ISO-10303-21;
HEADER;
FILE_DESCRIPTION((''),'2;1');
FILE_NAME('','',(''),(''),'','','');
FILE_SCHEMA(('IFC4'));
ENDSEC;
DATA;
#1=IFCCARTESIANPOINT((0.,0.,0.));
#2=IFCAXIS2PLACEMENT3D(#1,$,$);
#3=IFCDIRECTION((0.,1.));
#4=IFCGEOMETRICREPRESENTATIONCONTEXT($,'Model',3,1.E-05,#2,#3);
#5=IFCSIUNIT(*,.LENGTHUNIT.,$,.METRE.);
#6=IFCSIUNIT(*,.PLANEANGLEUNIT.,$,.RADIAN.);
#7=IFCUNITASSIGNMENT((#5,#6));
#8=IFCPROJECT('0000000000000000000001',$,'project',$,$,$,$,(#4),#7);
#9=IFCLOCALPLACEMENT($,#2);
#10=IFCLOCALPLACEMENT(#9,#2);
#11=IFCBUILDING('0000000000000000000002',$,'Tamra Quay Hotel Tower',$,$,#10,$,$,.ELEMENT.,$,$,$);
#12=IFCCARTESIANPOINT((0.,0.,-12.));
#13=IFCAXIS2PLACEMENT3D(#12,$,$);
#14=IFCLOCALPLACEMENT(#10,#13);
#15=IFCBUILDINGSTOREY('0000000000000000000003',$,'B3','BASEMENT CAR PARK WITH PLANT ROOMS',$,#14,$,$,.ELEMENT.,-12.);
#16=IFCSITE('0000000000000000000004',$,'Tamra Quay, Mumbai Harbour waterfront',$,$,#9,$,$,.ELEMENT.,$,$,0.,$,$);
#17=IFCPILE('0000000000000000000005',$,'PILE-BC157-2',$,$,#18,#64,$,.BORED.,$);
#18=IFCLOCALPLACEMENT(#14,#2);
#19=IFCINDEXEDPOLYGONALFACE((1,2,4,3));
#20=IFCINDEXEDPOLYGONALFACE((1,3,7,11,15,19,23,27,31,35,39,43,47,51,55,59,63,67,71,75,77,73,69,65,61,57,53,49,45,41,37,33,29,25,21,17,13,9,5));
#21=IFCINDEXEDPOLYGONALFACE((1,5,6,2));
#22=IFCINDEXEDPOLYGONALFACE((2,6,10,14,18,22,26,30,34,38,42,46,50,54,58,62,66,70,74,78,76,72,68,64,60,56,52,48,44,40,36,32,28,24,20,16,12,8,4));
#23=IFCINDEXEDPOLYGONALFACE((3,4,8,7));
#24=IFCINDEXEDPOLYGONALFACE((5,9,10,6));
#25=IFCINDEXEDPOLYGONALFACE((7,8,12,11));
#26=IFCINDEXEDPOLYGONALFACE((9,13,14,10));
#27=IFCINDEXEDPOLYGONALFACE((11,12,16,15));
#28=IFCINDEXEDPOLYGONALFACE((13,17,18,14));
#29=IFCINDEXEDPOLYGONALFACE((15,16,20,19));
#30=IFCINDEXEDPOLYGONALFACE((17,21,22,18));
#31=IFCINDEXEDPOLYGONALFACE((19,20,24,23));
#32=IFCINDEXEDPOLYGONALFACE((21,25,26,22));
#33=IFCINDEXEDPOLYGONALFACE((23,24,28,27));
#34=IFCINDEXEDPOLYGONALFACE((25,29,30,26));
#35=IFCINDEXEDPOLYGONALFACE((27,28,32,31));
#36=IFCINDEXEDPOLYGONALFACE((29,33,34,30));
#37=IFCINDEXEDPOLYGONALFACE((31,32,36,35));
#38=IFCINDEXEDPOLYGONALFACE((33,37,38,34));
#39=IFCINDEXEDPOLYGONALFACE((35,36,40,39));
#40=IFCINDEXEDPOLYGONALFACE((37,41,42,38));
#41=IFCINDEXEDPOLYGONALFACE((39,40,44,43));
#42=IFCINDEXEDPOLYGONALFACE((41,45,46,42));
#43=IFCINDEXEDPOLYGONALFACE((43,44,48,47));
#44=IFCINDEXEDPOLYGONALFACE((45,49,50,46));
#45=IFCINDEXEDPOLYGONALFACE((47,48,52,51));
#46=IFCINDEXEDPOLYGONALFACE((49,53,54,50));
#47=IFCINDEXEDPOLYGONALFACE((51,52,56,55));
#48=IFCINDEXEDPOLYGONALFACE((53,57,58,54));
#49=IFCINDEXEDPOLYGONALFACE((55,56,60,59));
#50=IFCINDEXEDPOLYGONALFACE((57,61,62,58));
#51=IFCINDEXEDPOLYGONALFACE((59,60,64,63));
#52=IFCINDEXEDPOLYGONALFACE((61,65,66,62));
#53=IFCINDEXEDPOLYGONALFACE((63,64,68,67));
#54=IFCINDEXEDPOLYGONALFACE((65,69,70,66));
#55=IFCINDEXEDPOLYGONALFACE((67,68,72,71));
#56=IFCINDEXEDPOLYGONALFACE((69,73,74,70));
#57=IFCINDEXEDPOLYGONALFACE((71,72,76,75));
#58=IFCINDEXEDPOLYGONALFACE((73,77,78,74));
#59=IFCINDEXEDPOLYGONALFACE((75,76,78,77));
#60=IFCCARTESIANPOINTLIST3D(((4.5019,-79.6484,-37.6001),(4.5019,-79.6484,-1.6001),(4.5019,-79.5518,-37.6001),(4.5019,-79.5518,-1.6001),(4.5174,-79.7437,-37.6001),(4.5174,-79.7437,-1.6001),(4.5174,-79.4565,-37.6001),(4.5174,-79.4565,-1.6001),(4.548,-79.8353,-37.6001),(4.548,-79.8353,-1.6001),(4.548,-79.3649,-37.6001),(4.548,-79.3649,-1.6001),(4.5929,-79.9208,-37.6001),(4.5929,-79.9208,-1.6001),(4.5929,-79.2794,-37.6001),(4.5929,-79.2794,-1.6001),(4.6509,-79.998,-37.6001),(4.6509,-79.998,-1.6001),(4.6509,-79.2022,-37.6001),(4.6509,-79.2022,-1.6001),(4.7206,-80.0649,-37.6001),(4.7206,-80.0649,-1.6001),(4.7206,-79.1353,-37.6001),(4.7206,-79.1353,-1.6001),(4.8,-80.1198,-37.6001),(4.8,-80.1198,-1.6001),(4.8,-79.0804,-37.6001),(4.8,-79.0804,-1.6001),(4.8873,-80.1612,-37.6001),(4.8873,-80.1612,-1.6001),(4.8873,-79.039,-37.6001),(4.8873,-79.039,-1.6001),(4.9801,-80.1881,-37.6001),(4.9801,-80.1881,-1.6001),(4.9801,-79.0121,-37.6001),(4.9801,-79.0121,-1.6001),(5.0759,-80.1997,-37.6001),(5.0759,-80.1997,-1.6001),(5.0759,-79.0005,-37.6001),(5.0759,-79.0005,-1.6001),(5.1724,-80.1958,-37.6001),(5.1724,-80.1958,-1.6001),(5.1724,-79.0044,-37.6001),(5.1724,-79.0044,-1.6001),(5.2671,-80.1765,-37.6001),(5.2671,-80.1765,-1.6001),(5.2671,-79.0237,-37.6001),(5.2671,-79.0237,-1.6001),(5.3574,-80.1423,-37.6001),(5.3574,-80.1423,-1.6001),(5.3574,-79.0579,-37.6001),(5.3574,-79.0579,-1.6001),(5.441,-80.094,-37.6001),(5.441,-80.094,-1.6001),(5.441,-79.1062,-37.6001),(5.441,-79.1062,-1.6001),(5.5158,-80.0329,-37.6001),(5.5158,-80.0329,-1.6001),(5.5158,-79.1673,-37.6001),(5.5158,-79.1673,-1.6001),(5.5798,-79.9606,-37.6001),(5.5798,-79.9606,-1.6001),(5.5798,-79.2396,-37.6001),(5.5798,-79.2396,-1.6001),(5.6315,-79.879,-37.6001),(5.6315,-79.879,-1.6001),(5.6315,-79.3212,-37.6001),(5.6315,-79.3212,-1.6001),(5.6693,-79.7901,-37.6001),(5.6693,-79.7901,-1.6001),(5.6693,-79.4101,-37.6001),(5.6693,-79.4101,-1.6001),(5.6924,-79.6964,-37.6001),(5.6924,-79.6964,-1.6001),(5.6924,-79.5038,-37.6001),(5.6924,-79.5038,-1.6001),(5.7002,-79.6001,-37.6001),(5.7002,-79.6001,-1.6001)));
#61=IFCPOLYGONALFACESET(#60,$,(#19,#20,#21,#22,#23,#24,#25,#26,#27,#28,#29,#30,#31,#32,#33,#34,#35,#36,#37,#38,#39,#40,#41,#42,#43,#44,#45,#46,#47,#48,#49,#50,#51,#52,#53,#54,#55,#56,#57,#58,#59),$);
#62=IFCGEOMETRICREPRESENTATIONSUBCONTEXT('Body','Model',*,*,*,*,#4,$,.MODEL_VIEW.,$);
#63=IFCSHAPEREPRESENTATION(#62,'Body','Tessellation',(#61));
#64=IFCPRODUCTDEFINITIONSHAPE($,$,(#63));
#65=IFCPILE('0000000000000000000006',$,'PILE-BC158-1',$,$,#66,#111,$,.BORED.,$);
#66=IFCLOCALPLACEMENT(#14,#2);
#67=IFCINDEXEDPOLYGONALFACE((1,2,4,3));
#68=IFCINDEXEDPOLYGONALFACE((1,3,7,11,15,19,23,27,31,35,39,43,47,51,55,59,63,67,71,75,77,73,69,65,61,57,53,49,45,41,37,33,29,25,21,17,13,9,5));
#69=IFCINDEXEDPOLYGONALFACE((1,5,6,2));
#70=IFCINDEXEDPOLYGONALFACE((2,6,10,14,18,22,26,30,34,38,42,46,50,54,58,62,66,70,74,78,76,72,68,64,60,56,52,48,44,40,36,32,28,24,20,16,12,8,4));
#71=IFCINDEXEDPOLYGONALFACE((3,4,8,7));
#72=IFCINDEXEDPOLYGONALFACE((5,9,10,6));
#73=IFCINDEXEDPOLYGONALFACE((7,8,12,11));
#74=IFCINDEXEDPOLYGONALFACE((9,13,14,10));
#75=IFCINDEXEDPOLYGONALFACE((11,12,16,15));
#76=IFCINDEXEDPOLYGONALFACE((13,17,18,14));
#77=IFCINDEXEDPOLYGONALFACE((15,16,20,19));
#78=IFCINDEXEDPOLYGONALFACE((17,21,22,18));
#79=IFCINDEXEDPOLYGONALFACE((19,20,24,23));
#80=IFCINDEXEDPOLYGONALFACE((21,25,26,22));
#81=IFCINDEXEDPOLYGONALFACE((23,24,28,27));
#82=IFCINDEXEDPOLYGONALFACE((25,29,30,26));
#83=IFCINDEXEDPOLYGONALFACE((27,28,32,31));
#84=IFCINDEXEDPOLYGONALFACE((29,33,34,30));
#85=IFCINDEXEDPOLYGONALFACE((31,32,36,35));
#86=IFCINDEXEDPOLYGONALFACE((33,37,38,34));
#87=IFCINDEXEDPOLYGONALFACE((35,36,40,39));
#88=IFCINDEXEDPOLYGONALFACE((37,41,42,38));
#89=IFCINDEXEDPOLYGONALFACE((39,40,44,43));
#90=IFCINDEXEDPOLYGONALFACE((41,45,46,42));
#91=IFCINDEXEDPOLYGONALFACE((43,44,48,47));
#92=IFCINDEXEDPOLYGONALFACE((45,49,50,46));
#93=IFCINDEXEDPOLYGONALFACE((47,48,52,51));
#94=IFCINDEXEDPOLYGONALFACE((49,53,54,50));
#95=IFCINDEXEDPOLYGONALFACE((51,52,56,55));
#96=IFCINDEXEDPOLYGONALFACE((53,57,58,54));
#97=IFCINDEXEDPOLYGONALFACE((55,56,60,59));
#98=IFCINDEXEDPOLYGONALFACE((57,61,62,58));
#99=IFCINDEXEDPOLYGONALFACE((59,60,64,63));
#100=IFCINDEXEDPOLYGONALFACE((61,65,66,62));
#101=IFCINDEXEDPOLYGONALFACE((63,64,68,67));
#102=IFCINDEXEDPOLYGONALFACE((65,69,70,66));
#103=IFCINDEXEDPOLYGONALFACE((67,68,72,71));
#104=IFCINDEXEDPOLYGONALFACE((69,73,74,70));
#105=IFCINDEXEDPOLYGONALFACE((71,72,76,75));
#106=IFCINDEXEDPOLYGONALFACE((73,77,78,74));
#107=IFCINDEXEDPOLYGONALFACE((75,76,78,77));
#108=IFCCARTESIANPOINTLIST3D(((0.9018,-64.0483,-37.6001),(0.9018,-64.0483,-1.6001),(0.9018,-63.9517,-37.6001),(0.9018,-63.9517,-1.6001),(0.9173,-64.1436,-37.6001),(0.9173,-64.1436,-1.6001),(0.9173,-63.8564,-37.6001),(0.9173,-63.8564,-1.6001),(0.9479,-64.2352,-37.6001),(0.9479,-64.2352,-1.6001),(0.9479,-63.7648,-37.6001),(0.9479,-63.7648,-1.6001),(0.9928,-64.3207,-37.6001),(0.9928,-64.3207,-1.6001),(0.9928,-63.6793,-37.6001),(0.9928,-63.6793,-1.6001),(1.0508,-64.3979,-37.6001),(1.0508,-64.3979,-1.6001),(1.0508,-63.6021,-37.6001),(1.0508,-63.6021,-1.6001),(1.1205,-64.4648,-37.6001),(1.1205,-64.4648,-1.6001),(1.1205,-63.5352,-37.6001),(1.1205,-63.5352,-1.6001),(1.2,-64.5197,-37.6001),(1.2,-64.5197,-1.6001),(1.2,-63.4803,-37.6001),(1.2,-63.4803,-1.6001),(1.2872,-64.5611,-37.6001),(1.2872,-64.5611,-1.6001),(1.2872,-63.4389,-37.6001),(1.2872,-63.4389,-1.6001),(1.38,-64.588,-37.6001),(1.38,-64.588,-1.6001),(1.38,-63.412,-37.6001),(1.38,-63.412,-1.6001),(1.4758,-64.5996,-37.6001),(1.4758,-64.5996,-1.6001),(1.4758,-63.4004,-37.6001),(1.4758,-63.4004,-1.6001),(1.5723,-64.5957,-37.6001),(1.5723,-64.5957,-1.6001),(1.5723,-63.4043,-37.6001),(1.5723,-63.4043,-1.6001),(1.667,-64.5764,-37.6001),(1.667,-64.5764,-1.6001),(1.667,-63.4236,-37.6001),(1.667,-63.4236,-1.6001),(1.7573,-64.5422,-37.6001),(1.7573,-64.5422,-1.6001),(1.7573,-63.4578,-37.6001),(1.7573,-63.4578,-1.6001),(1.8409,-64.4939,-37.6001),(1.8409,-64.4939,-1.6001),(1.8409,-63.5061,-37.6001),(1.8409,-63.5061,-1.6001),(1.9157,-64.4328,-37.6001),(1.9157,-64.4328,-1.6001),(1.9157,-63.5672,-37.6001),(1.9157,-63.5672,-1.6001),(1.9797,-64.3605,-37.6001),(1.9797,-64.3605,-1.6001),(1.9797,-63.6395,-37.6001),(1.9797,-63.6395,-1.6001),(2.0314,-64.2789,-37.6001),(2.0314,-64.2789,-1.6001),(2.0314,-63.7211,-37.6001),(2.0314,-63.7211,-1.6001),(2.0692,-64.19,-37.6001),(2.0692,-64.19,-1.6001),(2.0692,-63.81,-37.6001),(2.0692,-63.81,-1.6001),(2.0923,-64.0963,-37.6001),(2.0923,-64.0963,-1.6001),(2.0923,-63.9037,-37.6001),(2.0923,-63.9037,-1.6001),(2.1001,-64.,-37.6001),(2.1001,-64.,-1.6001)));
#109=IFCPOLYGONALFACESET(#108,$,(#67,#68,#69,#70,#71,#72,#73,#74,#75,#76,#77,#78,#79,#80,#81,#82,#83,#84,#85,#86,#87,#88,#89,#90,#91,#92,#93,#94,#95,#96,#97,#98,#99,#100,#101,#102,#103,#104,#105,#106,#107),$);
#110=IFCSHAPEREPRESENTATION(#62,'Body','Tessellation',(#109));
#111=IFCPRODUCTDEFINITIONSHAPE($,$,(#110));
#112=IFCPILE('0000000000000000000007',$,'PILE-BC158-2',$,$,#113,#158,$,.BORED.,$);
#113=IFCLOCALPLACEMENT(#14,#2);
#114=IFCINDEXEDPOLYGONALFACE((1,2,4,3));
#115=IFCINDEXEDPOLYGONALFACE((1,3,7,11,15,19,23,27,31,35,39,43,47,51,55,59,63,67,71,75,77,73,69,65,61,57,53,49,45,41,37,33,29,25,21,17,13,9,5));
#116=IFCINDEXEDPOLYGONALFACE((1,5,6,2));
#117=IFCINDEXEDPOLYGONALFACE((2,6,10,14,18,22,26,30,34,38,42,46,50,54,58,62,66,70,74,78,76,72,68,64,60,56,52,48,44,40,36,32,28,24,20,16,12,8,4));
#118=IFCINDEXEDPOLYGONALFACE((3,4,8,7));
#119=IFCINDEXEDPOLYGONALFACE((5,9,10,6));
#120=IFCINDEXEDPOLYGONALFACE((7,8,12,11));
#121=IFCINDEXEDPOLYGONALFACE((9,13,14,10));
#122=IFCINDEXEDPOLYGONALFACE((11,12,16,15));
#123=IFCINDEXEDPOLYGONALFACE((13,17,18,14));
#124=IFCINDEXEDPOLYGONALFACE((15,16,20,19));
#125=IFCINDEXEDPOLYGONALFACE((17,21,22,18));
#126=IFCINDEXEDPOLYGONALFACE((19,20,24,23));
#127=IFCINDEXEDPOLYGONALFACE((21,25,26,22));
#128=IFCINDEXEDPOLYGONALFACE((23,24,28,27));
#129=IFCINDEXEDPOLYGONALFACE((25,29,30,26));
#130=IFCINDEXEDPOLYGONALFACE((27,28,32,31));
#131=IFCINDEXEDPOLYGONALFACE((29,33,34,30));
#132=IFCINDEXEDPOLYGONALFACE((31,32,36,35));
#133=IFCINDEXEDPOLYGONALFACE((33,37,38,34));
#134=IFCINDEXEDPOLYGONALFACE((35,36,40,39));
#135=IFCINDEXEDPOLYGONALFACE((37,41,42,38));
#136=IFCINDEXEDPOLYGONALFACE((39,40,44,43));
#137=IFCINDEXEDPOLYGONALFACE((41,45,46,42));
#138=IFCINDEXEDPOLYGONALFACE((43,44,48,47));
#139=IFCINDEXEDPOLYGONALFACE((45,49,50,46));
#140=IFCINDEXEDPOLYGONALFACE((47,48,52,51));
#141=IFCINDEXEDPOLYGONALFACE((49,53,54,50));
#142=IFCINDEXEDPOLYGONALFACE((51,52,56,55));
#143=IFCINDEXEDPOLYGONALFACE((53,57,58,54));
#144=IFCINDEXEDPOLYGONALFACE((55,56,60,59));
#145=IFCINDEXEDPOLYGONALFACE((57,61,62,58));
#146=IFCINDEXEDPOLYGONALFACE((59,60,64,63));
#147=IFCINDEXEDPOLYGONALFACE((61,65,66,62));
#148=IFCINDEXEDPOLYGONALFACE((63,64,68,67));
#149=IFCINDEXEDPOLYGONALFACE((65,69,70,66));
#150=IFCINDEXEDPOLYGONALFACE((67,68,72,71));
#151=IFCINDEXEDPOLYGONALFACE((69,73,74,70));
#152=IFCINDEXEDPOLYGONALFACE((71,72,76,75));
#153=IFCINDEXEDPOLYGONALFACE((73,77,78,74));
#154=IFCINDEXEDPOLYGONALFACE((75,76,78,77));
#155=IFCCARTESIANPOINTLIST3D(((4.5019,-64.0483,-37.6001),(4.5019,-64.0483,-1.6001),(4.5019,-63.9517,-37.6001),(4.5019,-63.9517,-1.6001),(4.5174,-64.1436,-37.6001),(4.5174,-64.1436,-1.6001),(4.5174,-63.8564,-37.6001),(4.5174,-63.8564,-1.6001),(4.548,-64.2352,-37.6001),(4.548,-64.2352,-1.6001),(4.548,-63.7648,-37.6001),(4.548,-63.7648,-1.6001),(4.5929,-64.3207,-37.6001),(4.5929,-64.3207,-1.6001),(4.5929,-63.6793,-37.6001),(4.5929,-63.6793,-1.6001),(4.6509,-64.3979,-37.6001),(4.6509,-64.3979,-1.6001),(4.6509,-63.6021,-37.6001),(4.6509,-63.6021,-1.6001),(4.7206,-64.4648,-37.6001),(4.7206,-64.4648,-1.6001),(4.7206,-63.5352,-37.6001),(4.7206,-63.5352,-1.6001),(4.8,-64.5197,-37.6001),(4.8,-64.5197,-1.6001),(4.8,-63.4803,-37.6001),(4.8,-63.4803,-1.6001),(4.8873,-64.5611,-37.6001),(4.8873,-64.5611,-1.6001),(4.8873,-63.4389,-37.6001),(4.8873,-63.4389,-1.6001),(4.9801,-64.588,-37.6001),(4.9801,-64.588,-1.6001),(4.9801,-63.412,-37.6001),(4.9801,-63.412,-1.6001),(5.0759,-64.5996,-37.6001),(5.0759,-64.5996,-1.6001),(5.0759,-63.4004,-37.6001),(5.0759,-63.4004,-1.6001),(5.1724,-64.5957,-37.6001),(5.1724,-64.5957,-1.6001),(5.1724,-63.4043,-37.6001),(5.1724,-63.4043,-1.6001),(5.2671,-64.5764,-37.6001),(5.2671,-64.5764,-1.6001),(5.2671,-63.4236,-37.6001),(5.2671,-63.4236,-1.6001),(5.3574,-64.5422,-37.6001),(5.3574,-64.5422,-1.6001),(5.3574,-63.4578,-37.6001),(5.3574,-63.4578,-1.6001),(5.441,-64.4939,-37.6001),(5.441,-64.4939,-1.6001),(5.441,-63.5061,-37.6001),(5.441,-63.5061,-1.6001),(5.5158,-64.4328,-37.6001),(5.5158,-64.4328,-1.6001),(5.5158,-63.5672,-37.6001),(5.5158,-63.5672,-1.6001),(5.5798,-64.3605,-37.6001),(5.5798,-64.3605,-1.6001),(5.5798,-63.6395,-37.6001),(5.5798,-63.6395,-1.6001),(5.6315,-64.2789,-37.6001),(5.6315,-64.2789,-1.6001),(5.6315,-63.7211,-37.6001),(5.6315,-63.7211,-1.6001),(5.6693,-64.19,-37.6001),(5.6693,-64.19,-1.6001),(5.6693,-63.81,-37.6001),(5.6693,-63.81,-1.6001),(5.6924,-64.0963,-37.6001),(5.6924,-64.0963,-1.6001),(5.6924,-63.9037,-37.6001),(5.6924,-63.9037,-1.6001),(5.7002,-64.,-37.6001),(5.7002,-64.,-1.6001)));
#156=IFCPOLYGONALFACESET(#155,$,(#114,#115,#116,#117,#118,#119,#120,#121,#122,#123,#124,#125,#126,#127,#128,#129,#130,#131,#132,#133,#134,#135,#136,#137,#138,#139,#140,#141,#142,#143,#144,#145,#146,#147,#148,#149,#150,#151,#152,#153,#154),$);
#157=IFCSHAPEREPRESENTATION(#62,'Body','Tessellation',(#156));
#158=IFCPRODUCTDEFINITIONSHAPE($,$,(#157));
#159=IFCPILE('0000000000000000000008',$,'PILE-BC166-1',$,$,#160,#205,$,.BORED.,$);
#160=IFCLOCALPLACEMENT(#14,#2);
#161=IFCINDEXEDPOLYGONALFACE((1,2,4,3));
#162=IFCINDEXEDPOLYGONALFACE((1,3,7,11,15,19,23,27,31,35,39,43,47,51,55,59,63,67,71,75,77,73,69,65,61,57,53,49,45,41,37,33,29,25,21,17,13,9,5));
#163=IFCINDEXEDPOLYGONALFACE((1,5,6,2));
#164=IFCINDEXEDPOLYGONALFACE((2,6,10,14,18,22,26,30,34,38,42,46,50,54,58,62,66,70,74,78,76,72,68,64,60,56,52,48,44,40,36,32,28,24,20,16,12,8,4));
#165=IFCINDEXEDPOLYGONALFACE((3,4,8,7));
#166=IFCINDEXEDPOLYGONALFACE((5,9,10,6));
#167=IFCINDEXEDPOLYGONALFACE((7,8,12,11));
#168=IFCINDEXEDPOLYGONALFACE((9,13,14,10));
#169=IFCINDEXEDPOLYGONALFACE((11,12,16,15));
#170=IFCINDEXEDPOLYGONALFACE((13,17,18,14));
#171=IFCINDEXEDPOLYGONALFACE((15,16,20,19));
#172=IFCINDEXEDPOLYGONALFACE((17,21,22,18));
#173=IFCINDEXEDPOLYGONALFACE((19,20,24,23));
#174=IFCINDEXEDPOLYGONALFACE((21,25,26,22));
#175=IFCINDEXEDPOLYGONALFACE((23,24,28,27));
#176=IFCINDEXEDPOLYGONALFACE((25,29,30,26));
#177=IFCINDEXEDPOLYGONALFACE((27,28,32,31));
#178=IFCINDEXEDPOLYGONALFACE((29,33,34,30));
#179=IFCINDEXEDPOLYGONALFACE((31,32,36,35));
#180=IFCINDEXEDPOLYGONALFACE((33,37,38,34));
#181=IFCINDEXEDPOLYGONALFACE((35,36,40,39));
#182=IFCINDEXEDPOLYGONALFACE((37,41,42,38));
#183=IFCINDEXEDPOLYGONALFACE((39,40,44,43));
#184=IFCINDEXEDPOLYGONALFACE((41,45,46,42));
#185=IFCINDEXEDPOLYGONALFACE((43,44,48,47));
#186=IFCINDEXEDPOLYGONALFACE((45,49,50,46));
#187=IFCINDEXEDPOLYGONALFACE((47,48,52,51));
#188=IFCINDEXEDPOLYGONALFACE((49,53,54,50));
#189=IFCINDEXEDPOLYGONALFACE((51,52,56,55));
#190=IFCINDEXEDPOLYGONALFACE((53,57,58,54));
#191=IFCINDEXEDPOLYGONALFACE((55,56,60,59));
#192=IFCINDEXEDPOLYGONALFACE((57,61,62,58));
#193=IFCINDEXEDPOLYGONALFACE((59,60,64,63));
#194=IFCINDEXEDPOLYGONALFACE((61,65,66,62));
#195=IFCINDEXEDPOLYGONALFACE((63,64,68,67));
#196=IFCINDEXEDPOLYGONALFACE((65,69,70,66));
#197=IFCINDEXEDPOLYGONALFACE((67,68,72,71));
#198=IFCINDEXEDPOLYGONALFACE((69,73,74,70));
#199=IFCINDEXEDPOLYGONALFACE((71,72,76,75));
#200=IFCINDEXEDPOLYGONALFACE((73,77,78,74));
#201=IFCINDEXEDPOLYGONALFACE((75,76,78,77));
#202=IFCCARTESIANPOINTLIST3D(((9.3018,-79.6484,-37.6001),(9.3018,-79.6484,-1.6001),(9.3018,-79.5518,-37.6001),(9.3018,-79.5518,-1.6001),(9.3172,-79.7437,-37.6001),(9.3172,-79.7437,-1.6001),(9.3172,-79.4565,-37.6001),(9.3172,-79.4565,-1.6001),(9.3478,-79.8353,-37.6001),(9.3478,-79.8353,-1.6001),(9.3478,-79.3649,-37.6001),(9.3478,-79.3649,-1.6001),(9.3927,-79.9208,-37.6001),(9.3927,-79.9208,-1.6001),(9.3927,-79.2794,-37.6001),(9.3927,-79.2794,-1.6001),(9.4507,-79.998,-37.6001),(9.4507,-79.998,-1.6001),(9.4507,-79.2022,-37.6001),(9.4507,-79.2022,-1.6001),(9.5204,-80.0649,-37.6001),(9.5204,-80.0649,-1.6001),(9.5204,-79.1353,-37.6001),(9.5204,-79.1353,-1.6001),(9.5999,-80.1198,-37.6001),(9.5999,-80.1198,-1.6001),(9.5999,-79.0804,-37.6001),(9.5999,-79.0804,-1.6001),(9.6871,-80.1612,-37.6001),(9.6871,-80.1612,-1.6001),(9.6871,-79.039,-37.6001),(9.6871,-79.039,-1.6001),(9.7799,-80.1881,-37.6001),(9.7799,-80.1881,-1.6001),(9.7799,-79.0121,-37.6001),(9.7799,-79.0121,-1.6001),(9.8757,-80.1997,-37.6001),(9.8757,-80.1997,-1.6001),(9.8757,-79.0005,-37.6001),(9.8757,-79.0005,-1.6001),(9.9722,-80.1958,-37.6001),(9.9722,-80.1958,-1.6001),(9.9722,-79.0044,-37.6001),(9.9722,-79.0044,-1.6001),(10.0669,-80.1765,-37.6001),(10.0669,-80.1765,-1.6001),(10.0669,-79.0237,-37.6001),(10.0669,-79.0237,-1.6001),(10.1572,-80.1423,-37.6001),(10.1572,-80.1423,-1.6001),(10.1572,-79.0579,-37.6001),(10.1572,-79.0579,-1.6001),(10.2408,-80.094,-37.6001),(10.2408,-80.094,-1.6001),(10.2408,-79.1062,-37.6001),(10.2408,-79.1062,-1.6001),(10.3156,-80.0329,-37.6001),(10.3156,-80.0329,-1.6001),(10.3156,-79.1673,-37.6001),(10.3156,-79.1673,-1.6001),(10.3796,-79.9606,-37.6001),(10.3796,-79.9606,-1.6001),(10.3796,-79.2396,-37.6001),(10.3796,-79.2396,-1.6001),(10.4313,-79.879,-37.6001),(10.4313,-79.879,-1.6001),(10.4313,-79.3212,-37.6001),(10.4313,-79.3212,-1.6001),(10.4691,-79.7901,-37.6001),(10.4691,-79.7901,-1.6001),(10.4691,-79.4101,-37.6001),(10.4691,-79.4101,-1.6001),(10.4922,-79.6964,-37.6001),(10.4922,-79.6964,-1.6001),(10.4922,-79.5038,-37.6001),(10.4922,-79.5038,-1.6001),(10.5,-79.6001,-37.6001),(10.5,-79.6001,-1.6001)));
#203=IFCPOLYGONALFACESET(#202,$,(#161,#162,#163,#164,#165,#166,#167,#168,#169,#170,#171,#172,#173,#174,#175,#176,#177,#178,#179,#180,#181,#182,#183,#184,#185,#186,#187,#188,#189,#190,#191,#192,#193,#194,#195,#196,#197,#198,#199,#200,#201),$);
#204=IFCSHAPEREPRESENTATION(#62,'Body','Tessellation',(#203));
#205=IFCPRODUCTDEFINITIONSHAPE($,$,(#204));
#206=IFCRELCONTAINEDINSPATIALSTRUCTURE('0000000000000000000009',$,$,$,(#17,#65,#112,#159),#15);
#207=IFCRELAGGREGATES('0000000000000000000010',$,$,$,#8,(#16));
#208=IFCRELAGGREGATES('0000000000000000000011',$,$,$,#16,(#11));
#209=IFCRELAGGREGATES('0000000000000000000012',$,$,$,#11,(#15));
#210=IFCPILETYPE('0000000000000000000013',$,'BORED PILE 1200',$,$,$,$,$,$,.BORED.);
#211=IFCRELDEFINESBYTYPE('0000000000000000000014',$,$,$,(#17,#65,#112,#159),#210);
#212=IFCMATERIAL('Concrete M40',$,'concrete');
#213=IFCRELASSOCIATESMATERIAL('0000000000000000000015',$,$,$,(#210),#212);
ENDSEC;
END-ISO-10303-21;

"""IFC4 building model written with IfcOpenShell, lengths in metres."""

from ifc_helpers import new_model, si_unit, direction, frame, origin, origin_2d, place, context, subcontext, project, spatial, circle, extrude, material, material_profile, profile_set, type_object, element, save


model = new_model("IFC4")

# Units and contexts
model_context = context("Model", 3, precision=1e-05, world=origin(), true_north=direction((0.0, 1.0)))
body_context = subcontext(model_context, "Body", "Model", "MODEL_VIEW")
ifc_project = project(units=[si_unit("LENGTHUNIT", "METRE"), si_unit("PLANEANGLEUNIT", "RADIAN")], contexts=[model_context])

# Site, building, storey
site_placement = place(None, origin())
site = spatial("IfcSite", under=ifc_project, at=site_placement, Name="Tamra Quay, Mumbai Harbour waterfront", CompositionType="ELEMENT", RefElevation=0.0)
building_placement = place(site_placement, origin())
building = spatial("IfcBuilding", under=site, at=building_placement, Name="Tamra Quay Hotel Tower", CompositionType="ELEMENT")
storey_placement = place(building_placement, frame((0.0, 0.0, -12.0)))
storey = spatial("IfcBuildingStorey", under=building, at=storey_placement, Name="B3", Description="BASEMENT CAR PARK WITH PLANT ROOMS", CompositionType="ELEMENT", Elevation=-12.0)

# Piles
ifc_material_1 = material(Name="Concrete M40", Category="concrete")
ifc_material_profile_1 = material_profile(ifc_material_1, circle(Radius=0.6001, at=origin_2d()), Name="BORED PILE 1200")
ifc_profile_set_1 = profile_set([ifc_material_profile_1], Name="Concrete M40")
pile_type = type_object("IfcPileType", Name="BORED PILE 1200", PredefinedType="BORED", material=ifc_profile_set_1)
for number, where, z_axis, x_axis, name in (
    (1, (5.1001, -79.6001, -1.6001), (0.0, 0.0, -1.0), (1.0, 0.0, 0.0), "PILE-BC157-2"),
    (2, (1.5, -64.0, -1.6001), (0.0, 0.0, -1.0), (1.0, 0.0, 0.0), "PILE-BC158-1"),
    (3, (5.1001, -64.0, -1.6001), (0.0, 0.0, -1.0), (1.0, 0.0, 0.0), "PILE-BC158-2"),
    (4, (9.8999, -79.6001, -1.6001), (0.0, 0.0, -1.0), (1.0, 0.0, 0.0), "PILE-BC166-1"),
):
    element("IfcPile", number, at=place(storey_placement, frame(where, z_axis=z_axis, x_axis=x_axis)), inside=storey, type_object=pile_type, Name=name, PredefinedType="BORED", context=body_context, shape_type="SweptSolid", body=[
        extrude(circle(Radius=0.6001, at=origin_2d()), origin(), (0.0, 0.0, 1.0), 36.0),
    ])

save(model, "model.ifc")
